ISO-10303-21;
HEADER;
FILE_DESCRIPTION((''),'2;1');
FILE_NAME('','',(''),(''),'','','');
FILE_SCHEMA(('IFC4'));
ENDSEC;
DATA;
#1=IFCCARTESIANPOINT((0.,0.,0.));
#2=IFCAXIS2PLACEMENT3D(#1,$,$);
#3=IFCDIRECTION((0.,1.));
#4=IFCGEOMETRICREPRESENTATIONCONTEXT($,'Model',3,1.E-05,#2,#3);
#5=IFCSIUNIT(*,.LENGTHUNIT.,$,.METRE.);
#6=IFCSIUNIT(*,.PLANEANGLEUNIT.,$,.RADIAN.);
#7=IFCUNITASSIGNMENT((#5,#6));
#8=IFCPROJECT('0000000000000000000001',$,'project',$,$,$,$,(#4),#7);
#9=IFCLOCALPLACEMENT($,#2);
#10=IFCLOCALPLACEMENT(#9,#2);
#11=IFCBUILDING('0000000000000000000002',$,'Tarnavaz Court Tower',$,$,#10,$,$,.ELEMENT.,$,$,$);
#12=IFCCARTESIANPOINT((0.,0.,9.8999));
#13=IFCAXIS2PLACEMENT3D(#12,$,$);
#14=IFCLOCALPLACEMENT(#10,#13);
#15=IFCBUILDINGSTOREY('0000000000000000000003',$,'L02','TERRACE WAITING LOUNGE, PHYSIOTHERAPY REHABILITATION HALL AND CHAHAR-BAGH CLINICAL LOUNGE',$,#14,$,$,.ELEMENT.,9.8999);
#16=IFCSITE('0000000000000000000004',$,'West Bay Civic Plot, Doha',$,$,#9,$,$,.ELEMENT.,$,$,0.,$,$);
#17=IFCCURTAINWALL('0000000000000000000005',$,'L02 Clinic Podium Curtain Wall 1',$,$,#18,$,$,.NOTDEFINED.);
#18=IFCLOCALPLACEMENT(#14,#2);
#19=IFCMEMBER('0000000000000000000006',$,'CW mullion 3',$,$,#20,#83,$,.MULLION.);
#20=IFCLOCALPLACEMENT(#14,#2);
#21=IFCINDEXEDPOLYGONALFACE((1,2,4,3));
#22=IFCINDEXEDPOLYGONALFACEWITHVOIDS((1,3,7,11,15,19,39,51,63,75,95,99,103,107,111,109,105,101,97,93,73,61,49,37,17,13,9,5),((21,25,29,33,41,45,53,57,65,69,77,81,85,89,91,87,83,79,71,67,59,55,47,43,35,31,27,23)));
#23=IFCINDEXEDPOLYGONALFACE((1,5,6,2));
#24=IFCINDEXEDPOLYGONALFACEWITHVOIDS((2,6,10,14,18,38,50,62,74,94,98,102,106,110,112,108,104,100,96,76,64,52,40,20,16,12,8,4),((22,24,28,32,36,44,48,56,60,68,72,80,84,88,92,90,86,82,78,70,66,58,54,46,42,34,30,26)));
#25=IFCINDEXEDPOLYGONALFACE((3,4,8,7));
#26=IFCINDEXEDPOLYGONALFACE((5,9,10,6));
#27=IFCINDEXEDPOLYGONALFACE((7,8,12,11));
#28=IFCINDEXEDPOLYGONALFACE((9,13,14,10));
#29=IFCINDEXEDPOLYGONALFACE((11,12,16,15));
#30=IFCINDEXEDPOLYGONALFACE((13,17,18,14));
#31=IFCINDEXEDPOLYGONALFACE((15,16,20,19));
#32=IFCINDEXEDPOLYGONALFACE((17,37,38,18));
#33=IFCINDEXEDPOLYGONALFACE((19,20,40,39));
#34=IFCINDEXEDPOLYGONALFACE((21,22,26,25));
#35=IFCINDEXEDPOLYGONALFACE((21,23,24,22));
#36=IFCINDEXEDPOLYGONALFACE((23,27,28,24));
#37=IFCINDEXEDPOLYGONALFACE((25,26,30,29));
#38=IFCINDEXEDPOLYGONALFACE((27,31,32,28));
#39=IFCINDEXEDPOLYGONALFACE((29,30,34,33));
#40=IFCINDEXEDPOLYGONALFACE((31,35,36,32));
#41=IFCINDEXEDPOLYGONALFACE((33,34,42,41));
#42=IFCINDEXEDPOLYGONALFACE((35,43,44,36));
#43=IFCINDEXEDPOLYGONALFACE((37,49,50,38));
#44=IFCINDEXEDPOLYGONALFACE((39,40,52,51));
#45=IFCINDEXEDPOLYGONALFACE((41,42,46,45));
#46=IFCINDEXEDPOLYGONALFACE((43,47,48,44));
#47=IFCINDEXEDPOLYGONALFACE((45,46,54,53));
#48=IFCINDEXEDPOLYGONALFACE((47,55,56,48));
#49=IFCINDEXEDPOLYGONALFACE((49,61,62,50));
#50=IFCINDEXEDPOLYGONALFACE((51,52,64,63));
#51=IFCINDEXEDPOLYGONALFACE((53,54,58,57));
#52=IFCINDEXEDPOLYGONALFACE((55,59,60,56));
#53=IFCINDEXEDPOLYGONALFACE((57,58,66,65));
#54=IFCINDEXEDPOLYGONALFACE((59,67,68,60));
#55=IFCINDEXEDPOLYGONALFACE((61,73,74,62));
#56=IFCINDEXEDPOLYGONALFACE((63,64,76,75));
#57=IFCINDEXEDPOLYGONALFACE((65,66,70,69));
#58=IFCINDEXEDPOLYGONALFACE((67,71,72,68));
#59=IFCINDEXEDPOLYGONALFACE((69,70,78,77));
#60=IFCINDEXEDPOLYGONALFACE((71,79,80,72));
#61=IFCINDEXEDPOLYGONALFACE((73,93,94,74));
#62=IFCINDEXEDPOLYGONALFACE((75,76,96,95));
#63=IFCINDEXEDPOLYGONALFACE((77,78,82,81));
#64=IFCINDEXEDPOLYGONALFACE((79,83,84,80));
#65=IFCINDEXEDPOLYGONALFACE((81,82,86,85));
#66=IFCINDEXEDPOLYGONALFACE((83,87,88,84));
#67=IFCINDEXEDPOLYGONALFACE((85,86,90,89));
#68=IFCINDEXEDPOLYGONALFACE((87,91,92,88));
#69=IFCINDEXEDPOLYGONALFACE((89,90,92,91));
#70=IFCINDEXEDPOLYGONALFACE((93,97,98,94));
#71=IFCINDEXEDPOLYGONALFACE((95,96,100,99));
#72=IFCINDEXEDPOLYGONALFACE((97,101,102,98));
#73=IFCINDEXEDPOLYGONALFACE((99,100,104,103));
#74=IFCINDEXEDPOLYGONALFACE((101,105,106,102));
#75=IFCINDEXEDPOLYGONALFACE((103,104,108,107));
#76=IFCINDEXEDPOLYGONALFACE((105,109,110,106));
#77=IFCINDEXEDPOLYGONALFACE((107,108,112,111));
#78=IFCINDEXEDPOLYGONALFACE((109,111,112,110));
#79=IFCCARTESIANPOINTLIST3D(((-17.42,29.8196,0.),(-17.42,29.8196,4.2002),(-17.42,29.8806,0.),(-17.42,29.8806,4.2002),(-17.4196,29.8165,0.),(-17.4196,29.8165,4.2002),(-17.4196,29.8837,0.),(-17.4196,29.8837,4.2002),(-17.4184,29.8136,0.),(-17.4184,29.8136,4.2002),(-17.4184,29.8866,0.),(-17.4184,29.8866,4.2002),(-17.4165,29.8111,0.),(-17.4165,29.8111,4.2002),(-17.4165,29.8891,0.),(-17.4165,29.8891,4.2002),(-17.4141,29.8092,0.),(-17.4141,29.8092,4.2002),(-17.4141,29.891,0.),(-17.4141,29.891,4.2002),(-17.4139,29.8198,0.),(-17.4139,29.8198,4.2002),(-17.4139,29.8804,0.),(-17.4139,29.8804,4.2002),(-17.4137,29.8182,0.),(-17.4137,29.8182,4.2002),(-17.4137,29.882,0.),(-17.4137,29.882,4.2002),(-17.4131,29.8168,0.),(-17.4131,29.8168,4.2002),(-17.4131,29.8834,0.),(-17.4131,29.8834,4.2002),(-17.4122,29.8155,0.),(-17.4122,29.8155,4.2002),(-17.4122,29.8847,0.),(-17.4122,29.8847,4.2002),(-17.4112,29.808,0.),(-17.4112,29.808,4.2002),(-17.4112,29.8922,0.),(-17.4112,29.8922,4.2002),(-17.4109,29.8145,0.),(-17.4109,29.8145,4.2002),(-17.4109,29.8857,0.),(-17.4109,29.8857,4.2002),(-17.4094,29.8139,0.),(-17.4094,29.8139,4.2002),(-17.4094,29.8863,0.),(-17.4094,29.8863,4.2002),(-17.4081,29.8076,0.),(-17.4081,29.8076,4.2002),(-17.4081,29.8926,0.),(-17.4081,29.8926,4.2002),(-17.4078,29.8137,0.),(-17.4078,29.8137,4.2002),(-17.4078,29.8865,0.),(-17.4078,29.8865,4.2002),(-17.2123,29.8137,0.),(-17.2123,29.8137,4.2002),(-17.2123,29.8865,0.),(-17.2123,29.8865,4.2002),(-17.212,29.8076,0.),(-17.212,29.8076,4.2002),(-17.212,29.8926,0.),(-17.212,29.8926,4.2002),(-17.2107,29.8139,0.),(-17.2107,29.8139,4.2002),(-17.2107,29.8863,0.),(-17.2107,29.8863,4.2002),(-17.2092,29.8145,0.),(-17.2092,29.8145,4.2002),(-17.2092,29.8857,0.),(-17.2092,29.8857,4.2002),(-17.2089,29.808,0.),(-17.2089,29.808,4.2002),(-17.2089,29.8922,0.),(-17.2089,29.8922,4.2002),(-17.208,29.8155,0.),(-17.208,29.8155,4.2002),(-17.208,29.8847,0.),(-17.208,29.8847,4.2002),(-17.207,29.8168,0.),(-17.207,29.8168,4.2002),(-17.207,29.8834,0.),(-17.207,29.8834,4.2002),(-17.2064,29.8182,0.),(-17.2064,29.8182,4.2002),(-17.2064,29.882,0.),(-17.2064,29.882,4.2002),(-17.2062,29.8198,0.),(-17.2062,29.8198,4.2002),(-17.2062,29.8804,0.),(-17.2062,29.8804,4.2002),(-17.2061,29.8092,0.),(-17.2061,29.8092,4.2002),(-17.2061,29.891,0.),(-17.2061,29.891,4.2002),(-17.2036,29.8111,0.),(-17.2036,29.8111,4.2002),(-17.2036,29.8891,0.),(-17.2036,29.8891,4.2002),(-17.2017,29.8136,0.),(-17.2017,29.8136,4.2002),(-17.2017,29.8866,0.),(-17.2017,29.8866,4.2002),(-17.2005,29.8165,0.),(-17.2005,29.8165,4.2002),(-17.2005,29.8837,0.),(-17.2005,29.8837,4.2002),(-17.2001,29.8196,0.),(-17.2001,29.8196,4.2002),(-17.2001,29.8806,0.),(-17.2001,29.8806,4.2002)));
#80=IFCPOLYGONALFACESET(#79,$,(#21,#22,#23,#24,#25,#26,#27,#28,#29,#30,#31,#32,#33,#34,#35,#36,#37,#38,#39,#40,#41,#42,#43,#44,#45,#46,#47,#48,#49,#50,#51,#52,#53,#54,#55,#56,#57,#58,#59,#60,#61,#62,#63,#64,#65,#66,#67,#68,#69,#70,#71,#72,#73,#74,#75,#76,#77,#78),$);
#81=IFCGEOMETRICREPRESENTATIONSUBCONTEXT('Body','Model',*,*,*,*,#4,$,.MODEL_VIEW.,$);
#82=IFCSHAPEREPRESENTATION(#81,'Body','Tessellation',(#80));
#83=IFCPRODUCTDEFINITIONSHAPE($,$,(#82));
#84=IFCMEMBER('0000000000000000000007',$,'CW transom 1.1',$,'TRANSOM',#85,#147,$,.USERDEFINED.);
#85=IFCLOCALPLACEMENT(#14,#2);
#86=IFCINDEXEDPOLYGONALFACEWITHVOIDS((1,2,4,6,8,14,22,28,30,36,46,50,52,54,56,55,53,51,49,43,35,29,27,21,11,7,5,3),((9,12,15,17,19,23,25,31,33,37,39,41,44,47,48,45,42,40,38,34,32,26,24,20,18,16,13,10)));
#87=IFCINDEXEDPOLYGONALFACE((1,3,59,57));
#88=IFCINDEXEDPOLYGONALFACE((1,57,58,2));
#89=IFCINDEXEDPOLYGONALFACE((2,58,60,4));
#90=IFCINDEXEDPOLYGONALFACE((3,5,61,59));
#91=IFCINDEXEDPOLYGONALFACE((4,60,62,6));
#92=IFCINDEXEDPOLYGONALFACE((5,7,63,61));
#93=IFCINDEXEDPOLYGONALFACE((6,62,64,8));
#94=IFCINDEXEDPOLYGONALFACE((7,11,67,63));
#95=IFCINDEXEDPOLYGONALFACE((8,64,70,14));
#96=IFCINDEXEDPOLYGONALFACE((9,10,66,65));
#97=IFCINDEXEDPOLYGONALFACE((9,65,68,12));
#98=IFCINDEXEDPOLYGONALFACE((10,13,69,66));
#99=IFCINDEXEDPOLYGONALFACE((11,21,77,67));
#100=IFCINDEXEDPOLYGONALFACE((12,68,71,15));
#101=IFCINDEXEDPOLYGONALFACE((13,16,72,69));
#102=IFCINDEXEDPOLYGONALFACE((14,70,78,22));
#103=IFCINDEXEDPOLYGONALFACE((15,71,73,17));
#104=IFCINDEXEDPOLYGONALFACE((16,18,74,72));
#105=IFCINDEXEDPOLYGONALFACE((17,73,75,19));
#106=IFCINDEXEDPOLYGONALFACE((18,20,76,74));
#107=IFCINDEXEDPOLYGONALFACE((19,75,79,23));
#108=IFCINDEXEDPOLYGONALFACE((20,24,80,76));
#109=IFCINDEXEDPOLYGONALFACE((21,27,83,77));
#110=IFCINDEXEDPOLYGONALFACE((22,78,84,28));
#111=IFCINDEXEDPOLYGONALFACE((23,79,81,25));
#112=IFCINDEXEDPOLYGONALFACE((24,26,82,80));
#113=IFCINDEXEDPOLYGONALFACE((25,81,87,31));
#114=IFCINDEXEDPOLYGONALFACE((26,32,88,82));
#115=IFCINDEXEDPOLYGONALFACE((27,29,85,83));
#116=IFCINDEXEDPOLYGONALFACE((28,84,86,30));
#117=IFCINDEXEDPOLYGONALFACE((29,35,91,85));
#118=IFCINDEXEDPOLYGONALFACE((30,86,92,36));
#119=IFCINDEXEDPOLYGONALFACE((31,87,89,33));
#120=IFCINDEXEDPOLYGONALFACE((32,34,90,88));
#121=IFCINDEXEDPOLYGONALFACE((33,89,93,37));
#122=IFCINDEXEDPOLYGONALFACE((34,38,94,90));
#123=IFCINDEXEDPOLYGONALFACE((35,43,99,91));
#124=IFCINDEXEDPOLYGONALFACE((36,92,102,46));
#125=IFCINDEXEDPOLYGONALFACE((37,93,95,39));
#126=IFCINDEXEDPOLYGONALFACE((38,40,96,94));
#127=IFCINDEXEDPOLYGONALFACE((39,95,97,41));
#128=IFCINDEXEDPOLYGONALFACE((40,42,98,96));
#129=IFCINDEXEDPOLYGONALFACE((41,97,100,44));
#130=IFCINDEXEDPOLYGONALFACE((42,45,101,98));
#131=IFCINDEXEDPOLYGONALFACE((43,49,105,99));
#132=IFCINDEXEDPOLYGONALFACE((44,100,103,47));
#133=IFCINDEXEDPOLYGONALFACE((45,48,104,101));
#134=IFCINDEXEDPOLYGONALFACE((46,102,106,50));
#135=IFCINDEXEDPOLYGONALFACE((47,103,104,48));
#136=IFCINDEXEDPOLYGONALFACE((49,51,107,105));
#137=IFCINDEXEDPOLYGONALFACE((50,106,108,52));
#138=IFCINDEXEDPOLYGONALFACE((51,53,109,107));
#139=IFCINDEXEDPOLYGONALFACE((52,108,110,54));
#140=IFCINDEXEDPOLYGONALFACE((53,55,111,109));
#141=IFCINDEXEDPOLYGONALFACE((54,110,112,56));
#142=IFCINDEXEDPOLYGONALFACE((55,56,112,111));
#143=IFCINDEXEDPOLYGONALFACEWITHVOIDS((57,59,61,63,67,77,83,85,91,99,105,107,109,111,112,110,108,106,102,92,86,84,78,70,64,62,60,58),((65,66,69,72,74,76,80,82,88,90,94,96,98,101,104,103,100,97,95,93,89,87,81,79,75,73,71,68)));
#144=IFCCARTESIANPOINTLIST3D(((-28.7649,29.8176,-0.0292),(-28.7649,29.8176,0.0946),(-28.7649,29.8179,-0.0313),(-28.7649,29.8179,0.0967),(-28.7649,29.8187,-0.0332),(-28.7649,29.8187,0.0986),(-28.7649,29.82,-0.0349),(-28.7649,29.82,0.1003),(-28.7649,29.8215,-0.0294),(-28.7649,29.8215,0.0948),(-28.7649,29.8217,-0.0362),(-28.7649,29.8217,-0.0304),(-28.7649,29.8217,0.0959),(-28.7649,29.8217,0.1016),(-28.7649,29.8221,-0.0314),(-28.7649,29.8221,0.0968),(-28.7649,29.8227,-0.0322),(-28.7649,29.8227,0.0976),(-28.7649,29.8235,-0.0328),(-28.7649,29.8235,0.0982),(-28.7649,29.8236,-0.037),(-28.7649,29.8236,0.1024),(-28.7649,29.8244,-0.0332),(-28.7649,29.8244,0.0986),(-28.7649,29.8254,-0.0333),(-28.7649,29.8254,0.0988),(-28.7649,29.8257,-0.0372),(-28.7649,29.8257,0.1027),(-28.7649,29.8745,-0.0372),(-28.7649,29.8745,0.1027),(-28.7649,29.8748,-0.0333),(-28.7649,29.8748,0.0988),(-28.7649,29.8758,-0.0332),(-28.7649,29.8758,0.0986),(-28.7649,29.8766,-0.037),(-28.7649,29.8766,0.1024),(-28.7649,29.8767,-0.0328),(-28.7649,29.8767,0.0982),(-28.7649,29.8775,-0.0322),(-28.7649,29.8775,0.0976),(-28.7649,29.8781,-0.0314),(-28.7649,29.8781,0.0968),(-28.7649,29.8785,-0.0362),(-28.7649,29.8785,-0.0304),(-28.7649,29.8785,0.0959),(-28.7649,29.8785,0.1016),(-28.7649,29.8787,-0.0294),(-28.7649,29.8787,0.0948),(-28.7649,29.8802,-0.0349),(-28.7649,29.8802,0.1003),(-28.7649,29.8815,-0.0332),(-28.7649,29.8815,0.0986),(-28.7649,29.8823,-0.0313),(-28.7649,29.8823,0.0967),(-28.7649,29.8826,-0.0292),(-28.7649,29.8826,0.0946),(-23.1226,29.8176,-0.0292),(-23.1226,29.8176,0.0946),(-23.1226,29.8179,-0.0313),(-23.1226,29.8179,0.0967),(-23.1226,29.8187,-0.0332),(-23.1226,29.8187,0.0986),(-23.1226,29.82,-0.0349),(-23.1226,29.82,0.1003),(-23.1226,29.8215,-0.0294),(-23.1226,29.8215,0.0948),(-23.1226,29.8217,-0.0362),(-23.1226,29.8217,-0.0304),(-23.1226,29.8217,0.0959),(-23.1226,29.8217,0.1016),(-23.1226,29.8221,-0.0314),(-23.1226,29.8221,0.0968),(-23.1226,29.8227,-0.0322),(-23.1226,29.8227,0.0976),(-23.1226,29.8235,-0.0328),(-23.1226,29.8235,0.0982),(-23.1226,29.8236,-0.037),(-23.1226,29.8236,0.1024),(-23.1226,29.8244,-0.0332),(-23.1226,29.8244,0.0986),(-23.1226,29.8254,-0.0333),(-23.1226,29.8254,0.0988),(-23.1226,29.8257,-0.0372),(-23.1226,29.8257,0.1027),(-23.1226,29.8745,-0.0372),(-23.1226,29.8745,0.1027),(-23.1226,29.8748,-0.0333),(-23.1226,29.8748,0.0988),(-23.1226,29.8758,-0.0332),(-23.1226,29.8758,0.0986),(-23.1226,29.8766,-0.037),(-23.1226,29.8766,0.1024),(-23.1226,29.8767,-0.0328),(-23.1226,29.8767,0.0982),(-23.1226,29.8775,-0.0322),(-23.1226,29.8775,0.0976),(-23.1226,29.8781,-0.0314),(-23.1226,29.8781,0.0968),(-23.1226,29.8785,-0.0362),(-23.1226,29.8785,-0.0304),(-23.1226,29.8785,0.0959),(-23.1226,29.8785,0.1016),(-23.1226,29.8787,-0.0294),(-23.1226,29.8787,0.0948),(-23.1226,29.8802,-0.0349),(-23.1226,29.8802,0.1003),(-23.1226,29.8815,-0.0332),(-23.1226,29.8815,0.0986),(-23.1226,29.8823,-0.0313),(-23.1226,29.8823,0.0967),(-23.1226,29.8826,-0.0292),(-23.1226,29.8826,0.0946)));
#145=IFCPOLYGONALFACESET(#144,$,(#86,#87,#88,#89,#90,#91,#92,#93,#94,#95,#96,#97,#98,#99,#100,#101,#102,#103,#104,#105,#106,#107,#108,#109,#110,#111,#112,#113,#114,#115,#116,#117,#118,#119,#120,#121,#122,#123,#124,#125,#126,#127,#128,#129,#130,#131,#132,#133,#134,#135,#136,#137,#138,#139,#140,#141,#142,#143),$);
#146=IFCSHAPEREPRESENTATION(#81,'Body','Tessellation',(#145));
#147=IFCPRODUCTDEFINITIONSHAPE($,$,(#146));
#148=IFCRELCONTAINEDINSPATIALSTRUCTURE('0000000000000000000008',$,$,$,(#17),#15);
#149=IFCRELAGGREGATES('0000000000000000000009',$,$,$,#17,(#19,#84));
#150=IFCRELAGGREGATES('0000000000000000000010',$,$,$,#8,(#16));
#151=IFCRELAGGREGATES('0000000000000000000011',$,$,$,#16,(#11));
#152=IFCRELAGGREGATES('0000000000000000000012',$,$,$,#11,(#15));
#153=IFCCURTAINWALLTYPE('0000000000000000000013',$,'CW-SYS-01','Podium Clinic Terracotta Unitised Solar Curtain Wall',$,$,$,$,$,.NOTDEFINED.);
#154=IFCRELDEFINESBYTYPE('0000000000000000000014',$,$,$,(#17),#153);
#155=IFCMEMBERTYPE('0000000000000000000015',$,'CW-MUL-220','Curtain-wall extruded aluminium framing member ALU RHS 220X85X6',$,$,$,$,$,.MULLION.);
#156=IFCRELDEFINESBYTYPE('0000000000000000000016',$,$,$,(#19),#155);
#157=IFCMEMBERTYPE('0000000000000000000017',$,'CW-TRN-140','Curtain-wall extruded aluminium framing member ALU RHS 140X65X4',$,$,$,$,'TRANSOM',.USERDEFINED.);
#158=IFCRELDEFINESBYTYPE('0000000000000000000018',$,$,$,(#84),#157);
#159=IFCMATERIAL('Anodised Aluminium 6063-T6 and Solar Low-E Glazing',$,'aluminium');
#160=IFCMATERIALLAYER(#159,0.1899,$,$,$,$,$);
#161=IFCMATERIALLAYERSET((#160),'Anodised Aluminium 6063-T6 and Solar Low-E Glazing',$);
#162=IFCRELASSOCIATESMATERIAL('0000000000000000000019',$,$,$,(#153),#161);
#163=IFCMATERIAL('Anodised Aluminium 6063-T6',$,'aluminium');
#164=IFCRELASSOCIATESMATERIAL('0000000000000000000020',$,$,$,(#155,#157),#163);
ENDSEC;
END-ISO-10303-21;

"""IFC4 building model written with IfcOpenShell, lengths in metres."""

from ifc_helpers import new_model, si_unit, direction, frame, origin, origin_2d, place, context, subcontext, project, spatial, hollow_rectangle, extrude, material, layer, layer_set, material_profile, profile_set, type_object, element, aggregate, save


model = new_model("IFC4")

# Units and contexts
model_context = context("Model", 3, precision=1e-05, world=origin(), true_north=direction((0.0, 1.0)))
body_context = subcontext(model_context, "Body", "Model", "MODEL_VIEW")
ifc_project = project(units=[si_unit("LENGTHUNIT", "METRE"), si_unit("PLANEANGLEUNIT", "RADIAN")], contexts=[model_context])

# Site, building, storey
site_placement = place(None, origin())
site = spatial("IfcSite", under=ifc_project, at=site_placement, Name="West Bay Civic Plot, Doha", CompositionType="ELEMENT", RefElevation=0.0)
building_placement = place(site_placement, origin())
building = spatial("IfcBuilding", under=site, at=building_placement, Name="Tarnavaz Court Tower", CompositionType="ELEMENT")
storey_placement = place(building_placement, frame((0.0, 0.0, 9.8999)))
storey = spatial("IfcBuildingStorey", under=building, at=storey_placement, Name="L02", Description="TERRACE WAITING LOUNGE, PHYSIOTHERAPY REHABILITATION HALL AND CHAHAR-BAGH CLINICAL LOUNGE", CompositionType="ELEMENT", Elevation=9.8999)

# Curtain wall, members
ifc_material_1 = material(Name="Anodised Aluminium 6063-T6 and Solar Low-E Glazing", Category="aluminium")
ifc_layer_1 = layer(ifc_material_1, 0.1899)
ifc_layer_set_1 = layer_set([ifc_layer_1], Name="Anodised Aluminium 6063-T6 and Solar Low-E Glazing")
curtain_wall_type = type_object("IfcCurtainWallType", Name="CW-SYS-01", Description="Podium Clinic Terracotta Unitised Solar Curtain Wall", PredefinedType="NOTDEFINED", material=ifc_layer_set_1)
curtain_wall_placement = place(storey_placement, origin())
curtain_wall = element("IfcCurtainWall", 1, at=curtain_wall_placement, inside=storey, type_object=curtain_wall_type, Name="L02 Clinic Podium Curtain Wall 1", PredefinedType="NOTDEFINED")
ifc_material_2 = material(Name="Anodised Aluminium 6063-T6", Category="aluminium")
ifc_material_profile_1 = material_profile(ifc_material_2, hollow_rectangle(XDim=0.085, YDim=0.22, WallThickness=0.0061, InnerFilletRadius=0.0061, OuterFilletRadius=0.012, at=origin_2d()), Name="ALU RHS 220X85X6")
ifc_profile_set_1 = profile_set([ifc_material_profile_1], Name="Anodised Aluminium 6063-T6")
member_type_1 = type_object("IfcMemberType", Name="CW-MUL-220", Description="Curtain-wall extruded aluminium framing member ALU RHS 220X85X6", PredefinedType="MULLION", material=ifc_profile_set_1)
member_1_placement = place(storey_placement, frame((-17.3101, 29.8501, 0.0), z_axis=(0.0, 0.0, 1.0), x_axis=(0.0, 1.0, 0.0)))
member_1 = element("IfcMember", 2, at=member_1_placement, type_object=member_type_1, Name="CW mullion 3", PredefinedType="MULLION", context=body_context, shape_type="SweptSolid", body=[
    extrude(hollow_rectangle(XDim=0.085, YDim=0.22, WallThickness=0.0061, InnerFilletRadius=0.0061, OuterFilletRadius=0.012, at=origin_2d()), origin(), (0.0, 0.0, 1.0), 4.2002),
])
ifc_material_profile_2 = material_profile(ifc_material_2, hollow_rectangle(XDim=0.0649, YDim=0.1399, WallThickness=0.0039, InnerFilletRadius=0.0039, OuterFilletRadius=0.0081, at=origin_2d()), Name="ALU RHS 140X65X4")
ifc_profile_set_2 = profile_set([ifc_material_profile_2], Name="Anodised Aluminium 6063-T6")
member_type_2 = type_object("IfcMemberType", Name="CW-TRN-140", Description="Curtain-wall extruded aluminium framing member ALU RHS 140X65X4", ElementType="TRANSOM", PredefinedType="USERDEFINED", material=ifc_profile_set_2)
member_2_placement = place(storey_placement, frame((-28.7649, 29.8501, 0.0327), z_axis=(1.0, 0.0, 0.0), x_axis=(0.0, 1.0, 0.0)))
member_2 = element("IfcMember", 3, at=member_2_placement, type_object=member_type_2, Name="CW transom 1.1", ObjectType="TRANSOM", PredefinedType="USERDEFINED", context=body_context, shape_type="SweptSolid", body=[
    extrude(hollow_rectangle(XDim=0.0649, YDim=0.1399, WallThickness=0.0039, InnerFilletRadius=0.0039, OuterFilletRadius=0.0081, at=origin_2d()), origin(), (0.0, 0.0, 1.0), 5.6423),
])
aggregate(curtain_wall, [member_1, member_2])

save(model, "model.ifc")
